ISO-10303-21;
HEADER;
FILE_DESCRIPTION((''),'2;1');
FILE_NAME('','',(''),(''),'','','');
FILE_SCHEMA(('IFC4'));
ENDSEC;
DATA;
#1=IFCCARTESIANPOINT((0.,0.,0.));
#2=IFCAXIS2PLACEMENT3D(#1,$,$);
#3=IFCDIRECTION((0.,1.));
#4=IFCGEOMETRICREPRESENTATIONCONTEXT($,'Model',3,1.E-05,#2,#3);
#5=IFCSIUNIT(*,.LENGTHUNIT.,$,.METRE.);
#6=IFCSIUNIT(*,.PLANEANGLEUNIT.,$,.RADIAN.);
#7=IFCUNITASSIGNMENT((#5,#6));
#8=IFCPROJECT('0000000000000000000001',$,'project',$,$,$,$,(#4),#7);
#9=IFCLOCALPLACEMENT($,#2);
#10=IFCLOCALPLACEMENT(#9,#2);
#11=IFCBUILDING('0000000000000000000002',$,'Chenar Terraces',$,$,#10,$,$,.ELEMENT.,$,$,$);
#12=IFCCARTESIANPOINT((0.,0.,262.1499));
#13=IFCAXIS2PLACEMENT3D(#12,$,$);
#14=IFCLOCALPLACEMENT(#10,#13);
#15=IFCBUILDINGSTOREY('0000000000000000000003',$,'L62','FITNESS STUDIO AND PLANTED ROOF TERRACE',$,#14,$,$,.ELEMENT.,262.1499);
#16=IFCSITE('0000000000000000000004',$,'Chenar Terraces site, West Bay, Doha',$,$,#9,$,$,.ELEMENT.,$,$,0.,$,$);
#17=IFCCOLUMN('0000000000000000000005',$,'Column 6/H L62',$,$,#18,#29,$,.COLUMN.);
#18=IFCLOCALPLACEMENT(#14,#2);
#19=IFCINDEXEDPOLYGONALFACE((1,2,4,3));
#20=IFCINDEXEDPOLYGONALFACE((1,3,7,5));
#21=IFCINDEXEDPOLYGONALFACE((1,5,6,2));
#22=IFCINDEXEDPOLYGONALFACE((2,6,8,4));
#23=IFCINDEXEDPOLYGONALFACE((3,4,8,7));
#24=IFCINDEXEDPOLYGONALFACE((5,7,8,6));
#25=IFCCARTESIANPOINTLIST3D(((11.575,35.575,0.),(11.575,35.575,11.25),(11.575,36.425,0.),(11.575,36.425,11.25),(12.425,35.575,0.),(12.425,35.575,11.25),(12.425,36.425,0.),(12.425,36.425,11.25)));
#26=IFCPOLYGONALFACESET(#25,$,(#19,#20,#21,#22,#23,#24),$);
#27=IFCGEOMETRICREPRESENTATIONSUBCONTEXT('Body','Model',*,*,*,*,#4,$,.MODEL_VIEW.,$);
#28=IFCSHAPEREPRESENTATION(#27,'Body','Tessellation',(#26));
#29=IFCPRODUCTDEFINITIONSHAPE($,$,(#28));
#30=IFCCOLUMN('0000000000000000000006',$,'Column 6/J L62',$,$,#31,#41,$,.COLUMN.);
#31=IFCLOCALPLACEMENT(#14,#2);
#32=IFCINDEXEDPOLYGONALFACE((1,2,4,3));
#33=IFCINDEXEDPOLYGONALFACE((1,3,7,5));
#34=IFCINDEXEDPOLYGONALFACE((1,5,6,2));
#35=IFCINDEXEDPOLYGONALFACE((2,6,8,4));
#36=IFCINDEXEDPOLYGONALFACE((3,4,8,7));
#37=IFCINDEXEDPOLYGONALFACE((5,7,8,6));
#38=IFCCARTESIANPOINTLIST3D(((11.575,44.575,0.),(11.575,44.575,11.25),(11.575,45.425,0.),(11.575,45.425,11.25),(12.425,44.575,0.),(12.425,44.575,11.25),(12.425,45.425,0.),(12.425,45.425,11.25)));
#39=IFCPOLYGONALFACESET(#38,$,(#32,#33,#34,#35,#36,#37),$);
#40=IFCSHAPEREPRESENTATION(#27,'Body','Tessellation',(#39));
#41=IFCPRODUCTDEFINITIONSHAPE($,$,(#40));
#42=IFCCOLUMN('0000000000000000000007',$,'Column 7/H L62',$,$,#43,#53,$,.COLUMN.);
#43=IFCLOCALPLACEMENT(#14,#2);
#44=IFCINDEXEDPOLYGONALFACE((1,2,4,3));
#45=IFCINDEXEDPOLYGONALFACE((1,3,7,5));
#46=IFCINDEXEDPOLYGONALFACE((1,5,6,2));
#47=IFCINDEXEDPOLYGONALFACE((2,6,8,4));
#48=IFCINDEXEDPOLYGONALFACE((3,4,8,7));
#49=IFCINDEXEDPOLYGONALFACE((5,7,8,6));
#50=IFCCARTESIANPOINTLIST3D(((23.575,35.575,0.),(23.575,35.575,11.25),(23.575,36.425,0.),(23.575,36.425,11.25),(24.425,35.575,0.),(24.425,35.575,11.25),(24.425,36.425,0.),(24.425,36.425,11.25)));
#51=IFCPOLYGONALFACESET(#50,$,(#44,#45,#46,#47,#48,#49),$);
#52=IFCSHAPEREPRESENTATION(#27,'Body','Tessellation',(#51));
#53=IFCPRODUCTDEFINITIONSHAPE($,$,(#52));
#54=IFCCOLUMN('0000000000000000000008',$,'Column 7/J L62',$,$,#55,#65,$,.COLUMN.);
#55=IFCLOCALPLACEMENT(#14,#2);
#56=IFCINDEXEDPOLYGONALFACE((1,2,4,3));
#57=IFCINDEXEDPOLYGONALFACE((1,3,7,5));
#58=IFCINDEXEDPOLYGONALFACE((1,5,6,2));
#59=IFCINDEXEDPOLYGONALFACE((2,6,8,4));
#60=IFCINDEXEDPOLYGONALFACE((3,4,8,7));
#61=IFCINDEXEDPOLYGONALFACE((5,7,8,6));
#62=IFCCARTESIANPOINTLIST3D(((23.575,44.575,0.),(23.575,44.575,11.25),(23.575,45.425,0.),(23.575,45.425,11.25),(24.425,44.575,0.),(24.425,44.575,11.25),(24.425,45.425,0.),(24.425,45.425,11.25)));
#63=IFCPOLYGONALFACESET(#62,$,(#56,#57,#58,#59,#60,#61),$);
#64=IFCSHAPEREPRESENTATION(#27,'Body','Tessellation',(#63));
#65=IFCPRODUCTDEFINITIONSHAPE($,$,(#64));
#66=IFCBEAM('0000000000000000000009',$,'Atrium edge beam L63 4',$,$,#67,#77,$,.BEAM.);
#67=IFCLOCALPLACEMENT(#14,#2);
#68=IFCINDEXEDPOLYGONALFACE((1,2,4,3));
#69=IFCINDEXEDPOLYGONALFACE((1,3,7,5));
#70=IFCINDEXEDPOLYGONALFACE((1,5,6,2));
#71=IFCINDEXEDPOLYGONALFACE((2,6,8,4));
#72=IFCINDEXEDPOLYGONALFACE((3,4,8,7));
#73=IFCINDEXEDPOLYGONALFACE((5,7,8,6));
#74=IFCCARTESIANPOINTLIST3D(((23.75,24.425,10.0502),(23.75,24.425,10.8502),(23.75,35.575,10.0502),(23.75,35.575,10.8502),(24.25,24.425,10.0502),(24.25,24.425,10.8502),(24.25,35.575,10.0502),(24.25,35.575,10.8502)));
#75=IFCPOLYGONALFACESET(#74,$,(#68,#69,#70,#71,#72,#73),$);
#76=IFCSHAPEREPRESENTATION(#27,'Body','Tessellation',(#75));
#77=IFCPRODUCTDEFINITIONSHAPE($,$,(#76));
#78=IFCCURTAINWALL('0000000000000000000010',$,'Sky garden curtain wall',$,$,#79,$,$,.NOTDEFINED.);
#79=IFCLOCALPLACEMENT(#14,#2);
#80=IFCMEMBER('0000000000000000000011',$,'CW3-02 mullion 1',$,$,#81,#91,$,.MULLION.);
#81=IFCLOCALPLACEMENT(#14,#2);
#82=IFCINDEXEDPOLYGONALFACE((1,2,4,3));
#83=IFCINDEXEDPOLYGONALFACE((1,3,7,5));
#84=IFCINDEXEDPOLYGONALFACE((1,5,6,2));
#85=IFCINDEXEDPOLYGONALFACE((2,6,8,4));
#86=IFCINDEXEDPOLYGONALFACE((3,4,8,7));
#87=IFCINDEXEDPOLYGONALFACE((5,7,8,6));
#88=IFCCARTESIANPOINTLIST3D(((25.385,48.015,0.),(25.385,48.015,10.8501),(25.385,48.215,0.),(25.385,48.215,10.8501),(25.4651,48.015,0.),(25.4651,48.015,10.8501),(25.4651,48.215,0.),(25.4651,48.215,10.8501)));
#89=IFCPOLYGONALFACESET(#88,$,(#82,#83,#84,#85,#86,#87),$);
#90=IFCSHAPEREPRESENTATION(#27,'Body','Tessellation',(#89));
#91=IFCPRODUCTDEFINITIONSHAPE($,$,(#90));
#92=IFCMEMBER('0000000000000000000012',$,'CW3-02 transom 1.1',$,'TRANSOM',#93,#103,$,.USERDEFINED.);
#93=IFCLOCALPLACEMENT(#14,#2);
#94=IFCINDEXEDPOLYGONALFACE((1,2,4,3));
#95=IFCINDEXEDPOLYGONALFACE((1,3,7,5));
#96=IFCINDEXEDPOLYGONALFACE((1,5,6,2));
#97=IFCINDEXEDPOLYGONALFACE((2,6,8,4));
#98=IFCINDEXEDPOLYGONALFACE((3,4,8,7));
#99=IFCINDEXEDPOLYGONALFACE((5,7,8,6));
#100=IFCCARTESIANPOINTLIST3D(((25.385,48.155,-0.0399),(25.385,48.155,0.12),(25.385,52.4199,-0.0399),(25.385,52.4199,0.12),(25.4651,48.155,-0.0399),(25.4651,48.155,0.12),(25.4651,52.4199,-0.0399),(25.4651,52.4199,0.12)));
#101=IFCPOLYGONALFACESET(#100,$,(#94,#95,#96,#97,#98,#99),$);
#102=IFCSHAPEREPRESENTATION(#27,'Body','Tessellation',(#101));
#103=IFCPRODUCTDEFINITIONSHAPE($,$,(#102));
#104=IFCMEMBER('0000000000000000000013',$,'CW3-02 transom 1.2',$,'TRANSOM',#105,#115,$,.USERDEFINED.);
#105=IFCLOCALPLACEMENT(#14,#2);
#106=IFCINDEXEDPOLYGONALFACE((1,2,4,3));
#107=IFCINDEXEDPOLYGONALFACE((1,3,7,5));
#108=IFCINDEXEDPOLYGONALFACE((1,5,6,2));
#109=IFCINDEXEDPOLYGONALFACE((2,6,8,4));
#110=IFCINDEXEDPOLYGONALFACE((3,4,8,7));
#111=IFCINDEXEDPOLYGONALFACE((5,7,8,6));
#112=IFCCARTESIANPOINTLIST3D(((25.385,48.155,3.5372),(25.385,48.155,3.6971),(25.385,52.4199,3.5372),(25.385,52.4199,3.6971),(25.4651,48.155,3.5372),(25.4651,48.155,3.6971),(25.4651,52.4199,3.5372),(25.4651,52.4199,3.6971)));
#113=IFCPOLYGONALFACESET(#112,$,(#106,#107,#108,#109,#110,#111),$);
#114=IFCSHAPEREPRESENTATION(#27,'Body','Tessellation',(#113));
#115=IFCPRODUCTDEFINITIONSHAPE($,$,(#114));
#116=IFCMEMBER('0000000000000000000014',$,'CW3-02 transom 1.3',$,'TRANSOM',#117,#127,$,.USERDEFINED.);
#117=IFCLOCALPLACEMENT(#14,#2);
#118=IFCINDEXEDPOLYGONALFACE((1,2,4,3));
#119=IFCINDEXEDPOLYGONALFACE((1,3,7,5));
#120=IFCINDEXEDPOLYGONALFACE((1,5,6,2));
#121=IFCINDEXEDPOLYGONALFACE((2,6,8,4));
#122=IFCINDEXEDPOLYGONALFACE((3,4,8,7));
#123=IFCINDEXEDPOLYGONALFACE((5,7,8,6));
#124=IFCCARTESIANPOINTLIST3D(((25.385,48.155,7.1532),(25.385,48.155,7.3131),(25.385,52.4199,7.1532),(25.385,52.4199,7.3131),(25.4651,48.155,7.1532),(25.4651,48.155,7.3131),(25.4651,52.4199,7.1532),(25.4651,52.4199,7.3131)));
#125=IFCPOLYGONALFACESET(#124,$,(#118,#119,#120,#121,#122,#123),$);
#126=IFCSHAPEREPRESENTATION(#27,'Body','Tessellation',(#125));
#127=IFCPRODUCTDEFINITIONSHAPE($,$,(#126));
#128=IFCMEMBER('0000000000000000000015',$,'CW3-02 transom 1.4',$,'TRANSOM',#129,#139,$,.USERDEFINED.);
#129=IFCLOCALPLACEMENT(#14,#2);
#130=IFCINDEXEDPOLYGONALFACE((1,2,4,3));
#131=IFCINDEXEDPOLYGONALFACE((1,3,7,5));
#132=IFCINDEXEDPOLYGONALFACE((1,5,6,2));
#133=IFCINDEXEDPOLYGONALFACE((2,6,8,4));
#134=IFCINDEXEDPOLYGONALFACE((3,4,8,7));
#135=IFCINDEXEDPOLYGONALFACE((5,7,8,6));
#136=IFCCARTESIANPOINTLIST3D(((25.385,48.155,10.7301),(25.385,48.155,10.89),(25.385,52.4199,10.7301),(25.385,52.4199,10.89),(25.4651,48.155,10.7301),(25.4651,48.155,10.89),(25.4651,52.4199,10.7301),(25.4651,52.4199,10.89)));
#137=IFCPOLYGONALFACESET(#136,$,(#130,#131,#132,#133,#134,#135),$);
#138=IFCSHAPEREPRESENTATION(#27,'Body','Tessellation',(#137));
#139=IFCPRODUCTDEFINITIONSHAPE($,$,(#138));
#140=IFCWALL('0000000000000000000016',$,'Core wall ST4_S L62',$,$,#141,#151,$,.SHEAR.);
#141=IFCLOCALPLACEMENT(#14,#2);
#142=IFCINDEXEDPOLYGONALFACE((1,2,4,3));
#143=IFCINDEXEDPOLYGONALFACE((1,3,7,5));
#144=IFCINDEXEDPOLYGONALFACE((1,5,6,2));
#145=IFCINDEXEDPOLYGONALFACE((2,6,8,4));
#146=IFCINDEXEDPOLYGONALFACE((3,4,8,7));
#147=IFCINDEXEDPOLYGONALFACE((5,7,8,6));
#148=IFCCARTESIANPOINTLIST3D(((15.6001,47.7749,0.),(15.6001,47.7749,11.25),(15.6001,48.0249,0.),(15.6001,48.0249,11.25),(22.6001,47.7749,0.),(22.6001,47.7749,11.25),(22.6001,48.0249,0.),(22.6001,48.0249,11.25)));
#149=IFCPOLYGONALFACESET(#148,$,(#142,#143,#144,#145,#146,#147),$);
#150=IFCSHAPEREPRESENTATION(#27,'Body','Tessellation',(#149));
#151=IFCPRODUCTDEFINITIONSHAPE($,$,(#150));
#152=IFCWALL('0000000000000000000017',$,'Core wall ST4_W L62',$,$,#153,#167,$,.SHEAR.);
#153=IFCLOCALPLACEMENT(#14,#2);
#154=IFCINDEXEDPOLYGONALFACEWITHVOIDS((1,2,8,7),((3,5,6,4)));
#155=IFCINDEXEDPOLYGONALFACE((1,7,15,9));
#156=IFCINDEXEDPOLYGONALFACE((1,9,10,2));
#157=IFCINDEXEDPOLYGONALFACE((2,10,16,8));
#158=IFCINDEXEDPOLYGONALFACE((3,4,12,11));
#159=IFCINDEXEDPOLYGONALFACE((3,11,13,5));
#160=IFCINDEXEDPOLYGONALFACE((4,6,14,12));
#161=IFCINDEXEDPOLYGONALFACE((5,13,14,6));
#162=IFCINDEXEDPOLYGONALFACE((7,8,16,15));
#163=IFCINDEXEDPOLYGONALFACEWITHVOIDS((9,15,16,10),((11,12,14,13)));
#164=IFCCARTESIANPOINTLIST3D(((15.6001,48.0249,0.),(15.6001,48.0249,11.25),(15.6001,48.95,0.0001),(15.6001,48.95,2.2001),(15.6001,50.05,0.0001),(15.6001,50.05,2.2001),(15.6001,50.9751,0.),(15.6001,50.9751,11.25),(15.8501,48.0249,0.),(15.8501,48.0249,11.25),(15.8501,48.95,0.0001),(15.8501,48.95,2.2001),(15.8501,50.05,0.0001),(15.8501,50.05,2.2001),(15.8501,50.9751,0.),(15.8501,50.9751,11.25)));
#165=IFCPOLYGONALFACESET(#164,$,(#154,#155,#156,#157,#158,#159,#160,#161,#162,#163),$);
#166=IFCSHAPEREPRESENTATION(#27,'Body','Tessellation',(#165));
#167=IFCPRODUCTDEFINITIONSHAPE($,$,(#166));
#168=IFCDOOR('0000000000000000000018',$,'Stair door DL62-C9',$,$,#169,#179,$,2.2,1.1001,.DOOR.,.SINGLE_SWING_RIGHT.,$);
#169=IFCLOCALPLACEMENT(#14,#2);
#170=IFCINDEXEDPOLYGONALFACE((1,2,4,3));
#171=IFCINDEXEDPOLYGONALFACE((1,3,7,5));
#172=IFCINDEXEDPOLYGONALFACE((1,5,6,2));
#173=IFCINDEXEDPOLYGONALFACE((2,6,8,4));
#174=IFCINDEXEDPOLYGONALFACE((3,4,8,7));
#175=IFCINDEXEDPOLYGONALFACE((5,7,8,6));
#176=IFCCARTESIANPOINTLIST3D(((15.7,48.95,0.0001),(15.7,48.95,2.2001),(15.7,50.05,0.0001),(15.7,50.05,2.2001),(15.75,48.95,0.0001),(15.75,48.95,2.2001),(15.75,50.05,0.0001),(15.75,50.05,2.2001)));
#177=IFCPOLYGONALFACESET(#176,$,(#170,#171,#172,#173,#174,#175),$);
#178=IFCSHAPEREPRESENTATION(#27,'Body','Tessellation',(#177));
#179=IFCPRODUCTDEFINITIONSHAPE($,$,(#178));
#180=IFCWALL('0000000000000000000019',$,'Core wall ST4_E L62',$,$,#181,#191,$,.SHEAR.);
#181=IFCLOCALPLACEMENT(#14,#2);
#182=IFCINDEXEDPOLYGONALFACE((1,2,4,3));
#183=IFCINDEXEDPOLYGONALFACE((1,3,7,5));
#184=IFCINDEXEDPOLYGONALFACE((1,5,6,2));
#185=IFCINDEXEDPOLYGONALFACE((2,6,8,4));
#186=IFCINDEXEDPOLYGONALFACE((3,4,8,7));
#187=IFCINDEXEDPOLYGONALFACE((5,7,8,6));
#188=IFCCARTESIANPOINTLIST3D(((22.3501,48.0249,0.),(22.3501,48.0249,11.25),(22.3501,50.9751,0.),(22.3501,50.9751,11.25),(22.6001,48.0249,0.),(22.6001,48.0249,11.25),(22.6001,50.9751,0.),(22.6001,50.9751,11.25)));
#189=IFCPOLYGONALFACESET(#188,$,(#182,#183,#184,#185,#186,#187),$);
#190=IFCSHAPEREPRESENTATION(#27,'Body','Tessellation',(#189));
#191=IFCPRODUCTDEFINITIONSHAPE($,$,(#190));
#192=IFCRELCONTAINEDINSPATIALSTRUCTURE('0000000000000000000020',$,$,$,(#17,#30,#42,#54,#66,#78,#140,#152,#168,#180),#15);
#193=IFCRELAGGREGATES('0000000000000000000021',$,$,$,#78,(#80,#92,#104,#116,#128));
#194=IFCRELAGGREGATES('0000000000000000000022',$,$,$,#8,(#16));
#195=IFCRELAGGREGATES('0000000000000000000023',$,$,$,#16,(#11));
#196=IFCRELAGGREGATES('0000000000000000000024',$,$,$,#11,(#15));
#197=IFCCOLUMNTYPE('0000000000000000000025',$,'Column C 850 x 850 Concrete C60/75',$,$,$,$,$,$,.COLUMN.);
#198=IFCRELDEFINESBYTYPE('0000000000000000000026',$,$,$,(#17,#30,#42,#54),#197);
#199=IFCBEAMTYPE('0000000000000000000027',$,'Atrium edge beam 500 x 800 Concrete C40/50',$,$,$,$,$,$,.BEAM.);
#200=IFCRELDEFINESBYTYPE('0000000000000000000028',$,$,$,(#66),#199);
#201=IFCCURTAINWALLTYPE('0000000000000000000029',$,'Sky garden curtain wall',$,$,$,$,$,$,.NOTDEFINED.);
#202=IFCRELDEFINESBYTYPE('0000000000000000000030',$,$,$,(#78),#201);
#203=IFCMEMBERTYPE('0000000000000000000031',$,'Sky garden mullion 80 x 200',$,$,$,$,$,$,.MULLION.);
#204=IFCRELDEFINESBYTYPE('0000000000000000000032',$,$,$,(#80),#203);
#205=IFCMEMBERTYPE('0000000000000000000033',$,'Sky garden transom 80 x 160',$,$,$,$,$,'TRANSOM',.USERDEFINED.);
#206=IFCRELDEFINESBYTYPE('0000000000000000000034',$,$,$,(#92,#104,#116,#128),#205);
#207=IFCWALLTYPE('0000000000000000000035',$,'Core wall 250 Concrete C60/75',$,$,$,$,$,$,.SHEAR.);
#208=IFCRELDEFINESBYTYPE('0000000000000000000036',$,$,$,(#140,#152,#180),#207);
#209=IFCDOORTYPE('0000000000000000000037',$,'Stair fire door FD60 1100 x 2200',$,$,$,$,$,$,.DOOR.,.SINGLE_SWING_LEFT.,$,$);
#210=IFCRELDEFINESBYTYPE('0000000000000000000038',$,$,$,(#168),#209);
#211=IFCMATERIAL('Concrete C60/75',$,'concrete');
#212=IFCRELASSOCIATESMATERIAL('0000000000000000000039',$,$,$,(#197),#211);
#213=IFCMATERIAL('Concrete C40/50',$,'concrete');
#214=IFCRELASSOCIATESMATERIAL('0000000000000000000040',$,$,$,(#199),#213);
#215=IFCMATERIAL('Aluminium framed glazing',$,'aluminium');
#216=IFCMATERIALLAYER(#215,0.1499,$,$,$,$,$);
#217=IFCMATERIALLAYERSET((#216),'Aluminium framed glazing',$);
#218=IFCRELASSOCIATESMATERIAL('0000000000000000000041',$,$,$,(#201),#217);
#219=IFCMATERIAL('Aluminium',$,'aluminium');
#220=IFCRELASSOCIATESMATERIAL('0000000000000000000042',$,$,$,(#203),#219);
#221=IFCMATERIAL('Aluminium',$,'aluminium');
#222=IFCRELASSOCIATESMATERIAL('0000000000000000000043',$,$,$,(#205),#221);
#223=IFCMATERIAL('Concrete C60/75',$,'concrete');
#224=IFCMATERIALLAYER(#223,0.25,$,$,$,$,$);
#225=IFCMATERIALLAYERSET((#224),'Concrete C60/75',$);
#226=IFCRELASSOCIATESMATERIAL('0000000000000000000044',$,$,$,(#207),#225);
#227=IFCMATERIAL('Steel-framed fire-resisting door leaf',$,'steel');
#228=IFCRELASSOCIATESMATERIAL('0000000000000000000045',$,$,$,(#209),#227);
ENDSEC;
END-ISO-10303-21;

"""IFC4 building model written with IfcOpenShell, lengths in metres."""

from ifc_helpers import new_model, si_unit, direction, frame, frame_2d, origin, origin_2d, place, context, subcontext, project, spatial, rectangle, extrude, material, layer, layer_set, material_profile, profile_set, type_object, element, fill, aggregate, save


model = new_model("IFC4")

# Units and contexts
model_context = context("Model", 3, precision=1e-05, world=origin(), true_north=direction((0.0, 1.0)))
body_context = subcontext(model_context, "Body", "Model", "MODEL_VIEW")
ifc_project = project(units=[si_unit("LENGTHUNIT", "METRE"), si_unit("PLANEANGLEUNIT", "RADIAN")], contexts=[model_context])

# Site, building, storey
site_placement = place(None, origin())
site = spatial("IfcSite", under=ifc_project, at=site_placement, Name="Chenar Terraces site, West Bay, Doha", CompositionType="ELEMENT", RefElevation=0.0)
building_placement = place(site_placement, origin())
building = spatial("IfcBuilding", under=site, at=building_placement, Name="Chenar Terraces", CompositionType="ELEMENT")
storey_placement = place(building_placement, frame((0.0, 0.0, 262.1499)))
storey = spatial("IfcBuildingStorey", under=building, at=storey_placement, Name="L62", Description="FITNESS STUDIO AND PLANTED ROOF TERRACE", CompositionType="ELEMENT", Elevation=262.1499)

# Columns
ifc_material_1 = material(Name="Concrete C60/75", Category="concrete")
ifc_material_profile_1 = material_profile(ifc_material_1, rectangle(XDim=0.8501, YDim=0.8501, at=origin_2d()), Name="C 850 x 850")
ifc_profile_set_1 = profile_set([ifc_material_profile_1], Name="Concrete C60/75")
column_type = type_object("IfcColumnType", Name="Column C 850 x 850 Concrete C60/75", PredefinedType="COLUMN", material=ifc_profile_set_1)
for number, where, z_axis, x_axis, name in (
    (1, (12.0, 36.0, 0.0), (0.0, 0.0, 1.0), (1.0, 0.0, 0.0), "Column 6/H L62"),
    (2, (12.0, 45.0, 0.0), (0.0, 0.0, 1.0), (1.0, 0.0, 0.0), "Column 6/J L62"),
    (3, (24.0, 36.0, 0.0), (0.0, 0.0, 1.0), (1.0, 0.0, 0.0), "Column 7/H L62"),
    (4, (24.0, 45.0, 0.0), (0.0, 0.0, 1.0), (1.0, 0.0, 0.0), "Column 7/J L62"),
):
    element("IfcColumn", number, at=place(storey_placement, frame(where, z_axis=z_axis, x_axis=x_axis)), inside=storey, type_object=column_type, Name=name, PredefinedType="COLUMN", context=body_context, shape_type="SweptSolid", body=[
        extrude(rectangle(XDim=0.8501, YDim=0.8501, at=origin_2d()), origin(), (0.0, 0.0, 1.0), 11.25),
    ])

# Beam
ifc_material_2 = material(Name="Concrete C40/50", Category="concrete")
ifc_material_profile_2 = material_profile(ifc_material_2, rectangle(XDim=0.5, YDim=0.8, at=origin_2d()), Name="RC 500 x 800")
ifc_profile_set_2 = profile_set([ifc_material_profile_2], Name="Concrete C40/50")
beam_type = type_object("IfcBeamType", Name="Atrium edge beam 500 x 800 Concrete C40/50", PredefinedType="BEAM", material=ifc_profile_set_2)
beam_placement = place(storey_placement, frame((24.0, 35.575, 10.4502), z_axis=(0.0, -1.0, 0.0), x_axis=(1.0, 0.0, 0.0)))
element("IfcBeam", 5, at=beam_placement, inside=storey, type_object=beam_type, Name="Atrium edge beam L63 4", PredefinedType="BEAM", context=body_context, shape_type="SweptSolid", body=[
    extrude(rectangle(XDim=0.5, YDim=0.8, at=origin_2d()), origin(), (0.0, 0.0, 1.0), 11.1499),
])

# Curtain wall, members
ifc_material_3 = material(Name="Aluminium framed glazing", Category="aluminium")
ifc_layer_1 = layer(ifc_material_3, 0.1499)
ifc_layer_set_1 = layer_set([ifc_layer_1], Name="Aluminium framed glazing")
curtain_wall_type = type_object("IfcCurtainWallType", Name="Sky garden curtain wall", PredefinedType="NOTDEFINED", material=ifc_layer_set_1)
placement = place(storey_placement, origin())
curtain_wall = element("IfcCurtainWall", 6, at=placement, inside=storey, type_object=curtain_wall_type, Name="Sky garden curtain wall", PredefinedType="NOTDEFINED")
ifc_material_4 = material(Name="Aluminium", Category="aluminium")
ifc_material_profile_3 = material_profile(ifc_material_4, rectangle(XDim=0.0801, YDim=0.2, at=origin_2d()), Name="Sky garden mullion 80 x 200")
ifc_profile_set_3 = profile_set([ifc_material_profile_3], Name="Aluminium")
member_type_1 = type_object("IfcMemberType", Name="Sky garden mullion 80 x 200", PredefinedType="MULLION", material=ifc_profile_set_3)
member_1_placement = place(storey_placement, frame((25.425, 48.115, 0.0), z_axis=(0.0, 0.0, 1.0), x_axis=(-1.0, 0.0, 0.0)))
member_1 = element("IfcMember", 7, at=member_1_placement, type_object=member_type_1, Name="CW3-02 mullion 1", PredefinedType="MULLION", context=body_context, shape_type="SweptSolid", body=[
    extrude(rectangle(XDim=0.0801, YDim=0.2, at=origin_2d()), origin(), (0.0, 0.0, 1.0), 10.8501),
])
ifc_material_5 = material(Name="Aluminium", Category="aluminium")
ifc_material_profile_4 = material_profile(ifc_material_5, rectangle(XDim=0.0801, YDim=0.1599, at=origin_2d()), Name="Sky garden transom 80 x 160")
ifc_profile_set_4 = profile_set([ifc_material_profile_4], Name="Aluminium")
member_type_2 = type_object("IfcMemberType", Name="Sky garden transom 80 x 160", ElementType="TRANSOM", PredefinedType="USERDEFINED", material=ifc_profile_set_4)
member_2_placement = place(storey_placement, frame((25.425, 48.155, 0.04), z_axis=(0.0, 1.0, 0.0), x_axis=(-1.0, 0.0, 0.0)))
member_2 = element("IfcMember", 8, at=member_2_placement, type_object=member_type_2, Name="CW3-02 transom 1.1", ObjectType="TRANSOM", PredefinedType="USERDEFINED", context=body_context, shape_type="SweptSolid", body=[
    extrude(rectangle(XDim=0.0801, YDim=0.1599, at=origin_2d()), origin(), (0.0, 0.0, 1.0), 4.2649),
])
member_3_placement = place(storey_placement, frame((25.425, 48.155, 3.6172), z_axis=(0.0, 1.0, 0.0), x_axis=(-1.0, 0.0, 0.0)))
member_3 = element("IfcMember", 9, at=member_3_placement, type_object=member_type_2, Name="CW3-02 transom 1.2", ObjectType="TRANSOM", PredefinedType="USERDEFINED", context=body_context, shape_type="SweptSolid", body=[
    extrude(rectangle(XDim=0.0801, YDim=0.1599, at=origin_2d()), origin(), (0.0, 0.0, 1.0), 4.2649),
])
member_4_placement = place(storey_placement, frame((25.425, 48.155, 7.2332), z_axis=(0.0, 1.0, 0.0), x_axis=(-1.0, 0.0, 0.0)))
member_4 = element("IfcMember", 10, at=member_4_placement, type_object=member_type_2, Name="CW3-02 transom 1.3", ObjectType="TRANSOM", PredefinedType="USERDEFINED", context=body_context, shape_type="SweptSolid", body=[
    extrude(rectangle(XDim=0.0801, YDim=0.1599, at=origin_2d()), origin(), (0.0, 0.0, 1.0), 4.2649),
])
member_5_placement = place(storey_placement, frame((25.425, 48.155, 10.8101), z_axis=(0.0, 1.0, 0.0), x_axis=(-1.0, 0.0, 0.0)))
member_5 = element("IfcMember", 11, at=member_5_placement, type_object=member_type_2, Name="CW3-02 transom 1.4", ObjectType="TRANSOM", PredefinedType="USERDEFINED", context=body_context, shape_type="SweptSolid", body=[
    extrude(rectangle(XDim=0.0801, YDim=0.1599, at=origin_2d()), origin(), (0.0, 0.0, 1.0), 4.2649),
])
aggregate(curtain_wall, [member_1, member_2, member_3, member_4, member_5])

# Wall
ifc_material_6 = material(Name="Concrete C60/75", Category="concrete")
ifc_layer_2 = layer(ifc_material_6, 0.25)
ifc_layer_set_2 = layer_set([ifc_layer_2], Name="Concrete C60/75")
wall_type_1 = type_object("IfcWallType", Name="Core wall 250 Concrete C60/75", PredefinedType="SHEAR", material=ifc_layer_set_2)
wall_1_placement = place(storey_placement, frame((15.6001, 47.8999, 0.0), z_axis=(0.0, 0.0, 1.0), x_axis=(1.0, 0.0, 0.0)))
element("IfcWall", 12, at=wall_1_placement, inside=storey, type_object=wall_type_1, Name="Core wall ST4_S L62", PredefinedType="SHEAR", context=body_context, shape_type="SweptSolid", body=[
    extrude(rectangle(XDim=7.0, YDim=0.25, at=frame_2d((3.5, 0.0))), origin(), (0.0, 0.0, 1.0), 11.25),
])

# Wall, opening, door
wall_2_placement = place(storey_placement, frame((15.7251, 48.0249, 0.0), z_axis=(0.0, 0.0, 1.0), x_axis=(0.0, 1.0, 0.0)))
wall_2 = element("IfcWall", 13, at=wall_2_placement, inside=storey, type_object=wall_type_1, Name="Core wall ST4_W L62", PredefinedType="SHEAR", context=body_context, shape_type="SweptSolid", body=[
    extrude(rectangle(XDim=2.9502, YDim=0.25, at=frame_2d((1.4751, 0.0))), origin(), (0.0, 0.0, 1.0), 11.25),
])
opening_1_placement = place(wall_2_placement, frame((0.925, 0.0, 0.0)))
opening_1 = element("IfcOpeningElement", 14, at=opening_1_placement, cuts=wall_2, PredefinedType="OPENING", context=body_context, shape_type="SweptSolid", body=[
    extrude(rectangle(XDim=1.1001, YDim=2.2, at=frame_2d((0.55, 1.1001))), frame((0.0, 0.135, 0.0), z_axis=(0.0, -1.0, 0.0), x_axis=(1.0, 0.0, 0.0)), (0.0, 0.0, 1.0), 0.27),
])
ifc_material_7 = material(Name="Steel-framed fire-resisting door leaf", Category="steel")
door_type_1 = type_object("IfcDoorType", Name="Stair fire door FD60 1100 x 2200", OperationType="SINGLE_SWING_LEFT", PredefinedType="DOOR", material=ifc_material_7)
door_1_placement = place(opening_1_placement, frame((1.1001, 0.0, 0.0), z_axis=(0.0, 0.0, 1.0), x_axis=(-1.0, 0.0, 0.0)))
door_1 = element("IfcDoor", 15, at=door_1_placement, inside=storey, type_object=door_type_1, Name="Stair door DL62-C9", OperationType="SINGLE_SWING_RIGHT", OverallHeight=2.2, OverallWidth=1.1001, PredefinedType="DOOR", context=body_context, shape_type="SweptSolid", body=[
    extrude(rectangle(XDim=1.1001, YDim=2.2, at=frame_2d((0.55, 1.1001))), frame((0.0, 0.0249, 0.0), z_axis=(0.0, -1.0, 0.0), x_axis=(1.0, 0.0, 0.0)), (0.0, 0.0, 1.0), 0.05),
])
fill(opening_1, door_1)

# Wall
wall_3_placement = place(storey_placement, frame((22.4751, 48.0249, 0.0), z_axis=(0.0, 0.0, 1.0), x_axis=(0.0, 1.0, 0.0)))
element("IfcWall", 16, at=wall_3_placement, inside=storey, type_object=wall_type_1, Name="Core wall ST4_E L62", PredefinedType="SHEAR", context=body_context, shape_type="SweptSolid", body=[
    extrude(rectangle(XDim=2.9502, YDim=0.25, at=frame_2d((1.4751, 0.0))), origin(), (0.0, 0.0, 1.0), 11.25),
])

save(model, "model.ifc")
